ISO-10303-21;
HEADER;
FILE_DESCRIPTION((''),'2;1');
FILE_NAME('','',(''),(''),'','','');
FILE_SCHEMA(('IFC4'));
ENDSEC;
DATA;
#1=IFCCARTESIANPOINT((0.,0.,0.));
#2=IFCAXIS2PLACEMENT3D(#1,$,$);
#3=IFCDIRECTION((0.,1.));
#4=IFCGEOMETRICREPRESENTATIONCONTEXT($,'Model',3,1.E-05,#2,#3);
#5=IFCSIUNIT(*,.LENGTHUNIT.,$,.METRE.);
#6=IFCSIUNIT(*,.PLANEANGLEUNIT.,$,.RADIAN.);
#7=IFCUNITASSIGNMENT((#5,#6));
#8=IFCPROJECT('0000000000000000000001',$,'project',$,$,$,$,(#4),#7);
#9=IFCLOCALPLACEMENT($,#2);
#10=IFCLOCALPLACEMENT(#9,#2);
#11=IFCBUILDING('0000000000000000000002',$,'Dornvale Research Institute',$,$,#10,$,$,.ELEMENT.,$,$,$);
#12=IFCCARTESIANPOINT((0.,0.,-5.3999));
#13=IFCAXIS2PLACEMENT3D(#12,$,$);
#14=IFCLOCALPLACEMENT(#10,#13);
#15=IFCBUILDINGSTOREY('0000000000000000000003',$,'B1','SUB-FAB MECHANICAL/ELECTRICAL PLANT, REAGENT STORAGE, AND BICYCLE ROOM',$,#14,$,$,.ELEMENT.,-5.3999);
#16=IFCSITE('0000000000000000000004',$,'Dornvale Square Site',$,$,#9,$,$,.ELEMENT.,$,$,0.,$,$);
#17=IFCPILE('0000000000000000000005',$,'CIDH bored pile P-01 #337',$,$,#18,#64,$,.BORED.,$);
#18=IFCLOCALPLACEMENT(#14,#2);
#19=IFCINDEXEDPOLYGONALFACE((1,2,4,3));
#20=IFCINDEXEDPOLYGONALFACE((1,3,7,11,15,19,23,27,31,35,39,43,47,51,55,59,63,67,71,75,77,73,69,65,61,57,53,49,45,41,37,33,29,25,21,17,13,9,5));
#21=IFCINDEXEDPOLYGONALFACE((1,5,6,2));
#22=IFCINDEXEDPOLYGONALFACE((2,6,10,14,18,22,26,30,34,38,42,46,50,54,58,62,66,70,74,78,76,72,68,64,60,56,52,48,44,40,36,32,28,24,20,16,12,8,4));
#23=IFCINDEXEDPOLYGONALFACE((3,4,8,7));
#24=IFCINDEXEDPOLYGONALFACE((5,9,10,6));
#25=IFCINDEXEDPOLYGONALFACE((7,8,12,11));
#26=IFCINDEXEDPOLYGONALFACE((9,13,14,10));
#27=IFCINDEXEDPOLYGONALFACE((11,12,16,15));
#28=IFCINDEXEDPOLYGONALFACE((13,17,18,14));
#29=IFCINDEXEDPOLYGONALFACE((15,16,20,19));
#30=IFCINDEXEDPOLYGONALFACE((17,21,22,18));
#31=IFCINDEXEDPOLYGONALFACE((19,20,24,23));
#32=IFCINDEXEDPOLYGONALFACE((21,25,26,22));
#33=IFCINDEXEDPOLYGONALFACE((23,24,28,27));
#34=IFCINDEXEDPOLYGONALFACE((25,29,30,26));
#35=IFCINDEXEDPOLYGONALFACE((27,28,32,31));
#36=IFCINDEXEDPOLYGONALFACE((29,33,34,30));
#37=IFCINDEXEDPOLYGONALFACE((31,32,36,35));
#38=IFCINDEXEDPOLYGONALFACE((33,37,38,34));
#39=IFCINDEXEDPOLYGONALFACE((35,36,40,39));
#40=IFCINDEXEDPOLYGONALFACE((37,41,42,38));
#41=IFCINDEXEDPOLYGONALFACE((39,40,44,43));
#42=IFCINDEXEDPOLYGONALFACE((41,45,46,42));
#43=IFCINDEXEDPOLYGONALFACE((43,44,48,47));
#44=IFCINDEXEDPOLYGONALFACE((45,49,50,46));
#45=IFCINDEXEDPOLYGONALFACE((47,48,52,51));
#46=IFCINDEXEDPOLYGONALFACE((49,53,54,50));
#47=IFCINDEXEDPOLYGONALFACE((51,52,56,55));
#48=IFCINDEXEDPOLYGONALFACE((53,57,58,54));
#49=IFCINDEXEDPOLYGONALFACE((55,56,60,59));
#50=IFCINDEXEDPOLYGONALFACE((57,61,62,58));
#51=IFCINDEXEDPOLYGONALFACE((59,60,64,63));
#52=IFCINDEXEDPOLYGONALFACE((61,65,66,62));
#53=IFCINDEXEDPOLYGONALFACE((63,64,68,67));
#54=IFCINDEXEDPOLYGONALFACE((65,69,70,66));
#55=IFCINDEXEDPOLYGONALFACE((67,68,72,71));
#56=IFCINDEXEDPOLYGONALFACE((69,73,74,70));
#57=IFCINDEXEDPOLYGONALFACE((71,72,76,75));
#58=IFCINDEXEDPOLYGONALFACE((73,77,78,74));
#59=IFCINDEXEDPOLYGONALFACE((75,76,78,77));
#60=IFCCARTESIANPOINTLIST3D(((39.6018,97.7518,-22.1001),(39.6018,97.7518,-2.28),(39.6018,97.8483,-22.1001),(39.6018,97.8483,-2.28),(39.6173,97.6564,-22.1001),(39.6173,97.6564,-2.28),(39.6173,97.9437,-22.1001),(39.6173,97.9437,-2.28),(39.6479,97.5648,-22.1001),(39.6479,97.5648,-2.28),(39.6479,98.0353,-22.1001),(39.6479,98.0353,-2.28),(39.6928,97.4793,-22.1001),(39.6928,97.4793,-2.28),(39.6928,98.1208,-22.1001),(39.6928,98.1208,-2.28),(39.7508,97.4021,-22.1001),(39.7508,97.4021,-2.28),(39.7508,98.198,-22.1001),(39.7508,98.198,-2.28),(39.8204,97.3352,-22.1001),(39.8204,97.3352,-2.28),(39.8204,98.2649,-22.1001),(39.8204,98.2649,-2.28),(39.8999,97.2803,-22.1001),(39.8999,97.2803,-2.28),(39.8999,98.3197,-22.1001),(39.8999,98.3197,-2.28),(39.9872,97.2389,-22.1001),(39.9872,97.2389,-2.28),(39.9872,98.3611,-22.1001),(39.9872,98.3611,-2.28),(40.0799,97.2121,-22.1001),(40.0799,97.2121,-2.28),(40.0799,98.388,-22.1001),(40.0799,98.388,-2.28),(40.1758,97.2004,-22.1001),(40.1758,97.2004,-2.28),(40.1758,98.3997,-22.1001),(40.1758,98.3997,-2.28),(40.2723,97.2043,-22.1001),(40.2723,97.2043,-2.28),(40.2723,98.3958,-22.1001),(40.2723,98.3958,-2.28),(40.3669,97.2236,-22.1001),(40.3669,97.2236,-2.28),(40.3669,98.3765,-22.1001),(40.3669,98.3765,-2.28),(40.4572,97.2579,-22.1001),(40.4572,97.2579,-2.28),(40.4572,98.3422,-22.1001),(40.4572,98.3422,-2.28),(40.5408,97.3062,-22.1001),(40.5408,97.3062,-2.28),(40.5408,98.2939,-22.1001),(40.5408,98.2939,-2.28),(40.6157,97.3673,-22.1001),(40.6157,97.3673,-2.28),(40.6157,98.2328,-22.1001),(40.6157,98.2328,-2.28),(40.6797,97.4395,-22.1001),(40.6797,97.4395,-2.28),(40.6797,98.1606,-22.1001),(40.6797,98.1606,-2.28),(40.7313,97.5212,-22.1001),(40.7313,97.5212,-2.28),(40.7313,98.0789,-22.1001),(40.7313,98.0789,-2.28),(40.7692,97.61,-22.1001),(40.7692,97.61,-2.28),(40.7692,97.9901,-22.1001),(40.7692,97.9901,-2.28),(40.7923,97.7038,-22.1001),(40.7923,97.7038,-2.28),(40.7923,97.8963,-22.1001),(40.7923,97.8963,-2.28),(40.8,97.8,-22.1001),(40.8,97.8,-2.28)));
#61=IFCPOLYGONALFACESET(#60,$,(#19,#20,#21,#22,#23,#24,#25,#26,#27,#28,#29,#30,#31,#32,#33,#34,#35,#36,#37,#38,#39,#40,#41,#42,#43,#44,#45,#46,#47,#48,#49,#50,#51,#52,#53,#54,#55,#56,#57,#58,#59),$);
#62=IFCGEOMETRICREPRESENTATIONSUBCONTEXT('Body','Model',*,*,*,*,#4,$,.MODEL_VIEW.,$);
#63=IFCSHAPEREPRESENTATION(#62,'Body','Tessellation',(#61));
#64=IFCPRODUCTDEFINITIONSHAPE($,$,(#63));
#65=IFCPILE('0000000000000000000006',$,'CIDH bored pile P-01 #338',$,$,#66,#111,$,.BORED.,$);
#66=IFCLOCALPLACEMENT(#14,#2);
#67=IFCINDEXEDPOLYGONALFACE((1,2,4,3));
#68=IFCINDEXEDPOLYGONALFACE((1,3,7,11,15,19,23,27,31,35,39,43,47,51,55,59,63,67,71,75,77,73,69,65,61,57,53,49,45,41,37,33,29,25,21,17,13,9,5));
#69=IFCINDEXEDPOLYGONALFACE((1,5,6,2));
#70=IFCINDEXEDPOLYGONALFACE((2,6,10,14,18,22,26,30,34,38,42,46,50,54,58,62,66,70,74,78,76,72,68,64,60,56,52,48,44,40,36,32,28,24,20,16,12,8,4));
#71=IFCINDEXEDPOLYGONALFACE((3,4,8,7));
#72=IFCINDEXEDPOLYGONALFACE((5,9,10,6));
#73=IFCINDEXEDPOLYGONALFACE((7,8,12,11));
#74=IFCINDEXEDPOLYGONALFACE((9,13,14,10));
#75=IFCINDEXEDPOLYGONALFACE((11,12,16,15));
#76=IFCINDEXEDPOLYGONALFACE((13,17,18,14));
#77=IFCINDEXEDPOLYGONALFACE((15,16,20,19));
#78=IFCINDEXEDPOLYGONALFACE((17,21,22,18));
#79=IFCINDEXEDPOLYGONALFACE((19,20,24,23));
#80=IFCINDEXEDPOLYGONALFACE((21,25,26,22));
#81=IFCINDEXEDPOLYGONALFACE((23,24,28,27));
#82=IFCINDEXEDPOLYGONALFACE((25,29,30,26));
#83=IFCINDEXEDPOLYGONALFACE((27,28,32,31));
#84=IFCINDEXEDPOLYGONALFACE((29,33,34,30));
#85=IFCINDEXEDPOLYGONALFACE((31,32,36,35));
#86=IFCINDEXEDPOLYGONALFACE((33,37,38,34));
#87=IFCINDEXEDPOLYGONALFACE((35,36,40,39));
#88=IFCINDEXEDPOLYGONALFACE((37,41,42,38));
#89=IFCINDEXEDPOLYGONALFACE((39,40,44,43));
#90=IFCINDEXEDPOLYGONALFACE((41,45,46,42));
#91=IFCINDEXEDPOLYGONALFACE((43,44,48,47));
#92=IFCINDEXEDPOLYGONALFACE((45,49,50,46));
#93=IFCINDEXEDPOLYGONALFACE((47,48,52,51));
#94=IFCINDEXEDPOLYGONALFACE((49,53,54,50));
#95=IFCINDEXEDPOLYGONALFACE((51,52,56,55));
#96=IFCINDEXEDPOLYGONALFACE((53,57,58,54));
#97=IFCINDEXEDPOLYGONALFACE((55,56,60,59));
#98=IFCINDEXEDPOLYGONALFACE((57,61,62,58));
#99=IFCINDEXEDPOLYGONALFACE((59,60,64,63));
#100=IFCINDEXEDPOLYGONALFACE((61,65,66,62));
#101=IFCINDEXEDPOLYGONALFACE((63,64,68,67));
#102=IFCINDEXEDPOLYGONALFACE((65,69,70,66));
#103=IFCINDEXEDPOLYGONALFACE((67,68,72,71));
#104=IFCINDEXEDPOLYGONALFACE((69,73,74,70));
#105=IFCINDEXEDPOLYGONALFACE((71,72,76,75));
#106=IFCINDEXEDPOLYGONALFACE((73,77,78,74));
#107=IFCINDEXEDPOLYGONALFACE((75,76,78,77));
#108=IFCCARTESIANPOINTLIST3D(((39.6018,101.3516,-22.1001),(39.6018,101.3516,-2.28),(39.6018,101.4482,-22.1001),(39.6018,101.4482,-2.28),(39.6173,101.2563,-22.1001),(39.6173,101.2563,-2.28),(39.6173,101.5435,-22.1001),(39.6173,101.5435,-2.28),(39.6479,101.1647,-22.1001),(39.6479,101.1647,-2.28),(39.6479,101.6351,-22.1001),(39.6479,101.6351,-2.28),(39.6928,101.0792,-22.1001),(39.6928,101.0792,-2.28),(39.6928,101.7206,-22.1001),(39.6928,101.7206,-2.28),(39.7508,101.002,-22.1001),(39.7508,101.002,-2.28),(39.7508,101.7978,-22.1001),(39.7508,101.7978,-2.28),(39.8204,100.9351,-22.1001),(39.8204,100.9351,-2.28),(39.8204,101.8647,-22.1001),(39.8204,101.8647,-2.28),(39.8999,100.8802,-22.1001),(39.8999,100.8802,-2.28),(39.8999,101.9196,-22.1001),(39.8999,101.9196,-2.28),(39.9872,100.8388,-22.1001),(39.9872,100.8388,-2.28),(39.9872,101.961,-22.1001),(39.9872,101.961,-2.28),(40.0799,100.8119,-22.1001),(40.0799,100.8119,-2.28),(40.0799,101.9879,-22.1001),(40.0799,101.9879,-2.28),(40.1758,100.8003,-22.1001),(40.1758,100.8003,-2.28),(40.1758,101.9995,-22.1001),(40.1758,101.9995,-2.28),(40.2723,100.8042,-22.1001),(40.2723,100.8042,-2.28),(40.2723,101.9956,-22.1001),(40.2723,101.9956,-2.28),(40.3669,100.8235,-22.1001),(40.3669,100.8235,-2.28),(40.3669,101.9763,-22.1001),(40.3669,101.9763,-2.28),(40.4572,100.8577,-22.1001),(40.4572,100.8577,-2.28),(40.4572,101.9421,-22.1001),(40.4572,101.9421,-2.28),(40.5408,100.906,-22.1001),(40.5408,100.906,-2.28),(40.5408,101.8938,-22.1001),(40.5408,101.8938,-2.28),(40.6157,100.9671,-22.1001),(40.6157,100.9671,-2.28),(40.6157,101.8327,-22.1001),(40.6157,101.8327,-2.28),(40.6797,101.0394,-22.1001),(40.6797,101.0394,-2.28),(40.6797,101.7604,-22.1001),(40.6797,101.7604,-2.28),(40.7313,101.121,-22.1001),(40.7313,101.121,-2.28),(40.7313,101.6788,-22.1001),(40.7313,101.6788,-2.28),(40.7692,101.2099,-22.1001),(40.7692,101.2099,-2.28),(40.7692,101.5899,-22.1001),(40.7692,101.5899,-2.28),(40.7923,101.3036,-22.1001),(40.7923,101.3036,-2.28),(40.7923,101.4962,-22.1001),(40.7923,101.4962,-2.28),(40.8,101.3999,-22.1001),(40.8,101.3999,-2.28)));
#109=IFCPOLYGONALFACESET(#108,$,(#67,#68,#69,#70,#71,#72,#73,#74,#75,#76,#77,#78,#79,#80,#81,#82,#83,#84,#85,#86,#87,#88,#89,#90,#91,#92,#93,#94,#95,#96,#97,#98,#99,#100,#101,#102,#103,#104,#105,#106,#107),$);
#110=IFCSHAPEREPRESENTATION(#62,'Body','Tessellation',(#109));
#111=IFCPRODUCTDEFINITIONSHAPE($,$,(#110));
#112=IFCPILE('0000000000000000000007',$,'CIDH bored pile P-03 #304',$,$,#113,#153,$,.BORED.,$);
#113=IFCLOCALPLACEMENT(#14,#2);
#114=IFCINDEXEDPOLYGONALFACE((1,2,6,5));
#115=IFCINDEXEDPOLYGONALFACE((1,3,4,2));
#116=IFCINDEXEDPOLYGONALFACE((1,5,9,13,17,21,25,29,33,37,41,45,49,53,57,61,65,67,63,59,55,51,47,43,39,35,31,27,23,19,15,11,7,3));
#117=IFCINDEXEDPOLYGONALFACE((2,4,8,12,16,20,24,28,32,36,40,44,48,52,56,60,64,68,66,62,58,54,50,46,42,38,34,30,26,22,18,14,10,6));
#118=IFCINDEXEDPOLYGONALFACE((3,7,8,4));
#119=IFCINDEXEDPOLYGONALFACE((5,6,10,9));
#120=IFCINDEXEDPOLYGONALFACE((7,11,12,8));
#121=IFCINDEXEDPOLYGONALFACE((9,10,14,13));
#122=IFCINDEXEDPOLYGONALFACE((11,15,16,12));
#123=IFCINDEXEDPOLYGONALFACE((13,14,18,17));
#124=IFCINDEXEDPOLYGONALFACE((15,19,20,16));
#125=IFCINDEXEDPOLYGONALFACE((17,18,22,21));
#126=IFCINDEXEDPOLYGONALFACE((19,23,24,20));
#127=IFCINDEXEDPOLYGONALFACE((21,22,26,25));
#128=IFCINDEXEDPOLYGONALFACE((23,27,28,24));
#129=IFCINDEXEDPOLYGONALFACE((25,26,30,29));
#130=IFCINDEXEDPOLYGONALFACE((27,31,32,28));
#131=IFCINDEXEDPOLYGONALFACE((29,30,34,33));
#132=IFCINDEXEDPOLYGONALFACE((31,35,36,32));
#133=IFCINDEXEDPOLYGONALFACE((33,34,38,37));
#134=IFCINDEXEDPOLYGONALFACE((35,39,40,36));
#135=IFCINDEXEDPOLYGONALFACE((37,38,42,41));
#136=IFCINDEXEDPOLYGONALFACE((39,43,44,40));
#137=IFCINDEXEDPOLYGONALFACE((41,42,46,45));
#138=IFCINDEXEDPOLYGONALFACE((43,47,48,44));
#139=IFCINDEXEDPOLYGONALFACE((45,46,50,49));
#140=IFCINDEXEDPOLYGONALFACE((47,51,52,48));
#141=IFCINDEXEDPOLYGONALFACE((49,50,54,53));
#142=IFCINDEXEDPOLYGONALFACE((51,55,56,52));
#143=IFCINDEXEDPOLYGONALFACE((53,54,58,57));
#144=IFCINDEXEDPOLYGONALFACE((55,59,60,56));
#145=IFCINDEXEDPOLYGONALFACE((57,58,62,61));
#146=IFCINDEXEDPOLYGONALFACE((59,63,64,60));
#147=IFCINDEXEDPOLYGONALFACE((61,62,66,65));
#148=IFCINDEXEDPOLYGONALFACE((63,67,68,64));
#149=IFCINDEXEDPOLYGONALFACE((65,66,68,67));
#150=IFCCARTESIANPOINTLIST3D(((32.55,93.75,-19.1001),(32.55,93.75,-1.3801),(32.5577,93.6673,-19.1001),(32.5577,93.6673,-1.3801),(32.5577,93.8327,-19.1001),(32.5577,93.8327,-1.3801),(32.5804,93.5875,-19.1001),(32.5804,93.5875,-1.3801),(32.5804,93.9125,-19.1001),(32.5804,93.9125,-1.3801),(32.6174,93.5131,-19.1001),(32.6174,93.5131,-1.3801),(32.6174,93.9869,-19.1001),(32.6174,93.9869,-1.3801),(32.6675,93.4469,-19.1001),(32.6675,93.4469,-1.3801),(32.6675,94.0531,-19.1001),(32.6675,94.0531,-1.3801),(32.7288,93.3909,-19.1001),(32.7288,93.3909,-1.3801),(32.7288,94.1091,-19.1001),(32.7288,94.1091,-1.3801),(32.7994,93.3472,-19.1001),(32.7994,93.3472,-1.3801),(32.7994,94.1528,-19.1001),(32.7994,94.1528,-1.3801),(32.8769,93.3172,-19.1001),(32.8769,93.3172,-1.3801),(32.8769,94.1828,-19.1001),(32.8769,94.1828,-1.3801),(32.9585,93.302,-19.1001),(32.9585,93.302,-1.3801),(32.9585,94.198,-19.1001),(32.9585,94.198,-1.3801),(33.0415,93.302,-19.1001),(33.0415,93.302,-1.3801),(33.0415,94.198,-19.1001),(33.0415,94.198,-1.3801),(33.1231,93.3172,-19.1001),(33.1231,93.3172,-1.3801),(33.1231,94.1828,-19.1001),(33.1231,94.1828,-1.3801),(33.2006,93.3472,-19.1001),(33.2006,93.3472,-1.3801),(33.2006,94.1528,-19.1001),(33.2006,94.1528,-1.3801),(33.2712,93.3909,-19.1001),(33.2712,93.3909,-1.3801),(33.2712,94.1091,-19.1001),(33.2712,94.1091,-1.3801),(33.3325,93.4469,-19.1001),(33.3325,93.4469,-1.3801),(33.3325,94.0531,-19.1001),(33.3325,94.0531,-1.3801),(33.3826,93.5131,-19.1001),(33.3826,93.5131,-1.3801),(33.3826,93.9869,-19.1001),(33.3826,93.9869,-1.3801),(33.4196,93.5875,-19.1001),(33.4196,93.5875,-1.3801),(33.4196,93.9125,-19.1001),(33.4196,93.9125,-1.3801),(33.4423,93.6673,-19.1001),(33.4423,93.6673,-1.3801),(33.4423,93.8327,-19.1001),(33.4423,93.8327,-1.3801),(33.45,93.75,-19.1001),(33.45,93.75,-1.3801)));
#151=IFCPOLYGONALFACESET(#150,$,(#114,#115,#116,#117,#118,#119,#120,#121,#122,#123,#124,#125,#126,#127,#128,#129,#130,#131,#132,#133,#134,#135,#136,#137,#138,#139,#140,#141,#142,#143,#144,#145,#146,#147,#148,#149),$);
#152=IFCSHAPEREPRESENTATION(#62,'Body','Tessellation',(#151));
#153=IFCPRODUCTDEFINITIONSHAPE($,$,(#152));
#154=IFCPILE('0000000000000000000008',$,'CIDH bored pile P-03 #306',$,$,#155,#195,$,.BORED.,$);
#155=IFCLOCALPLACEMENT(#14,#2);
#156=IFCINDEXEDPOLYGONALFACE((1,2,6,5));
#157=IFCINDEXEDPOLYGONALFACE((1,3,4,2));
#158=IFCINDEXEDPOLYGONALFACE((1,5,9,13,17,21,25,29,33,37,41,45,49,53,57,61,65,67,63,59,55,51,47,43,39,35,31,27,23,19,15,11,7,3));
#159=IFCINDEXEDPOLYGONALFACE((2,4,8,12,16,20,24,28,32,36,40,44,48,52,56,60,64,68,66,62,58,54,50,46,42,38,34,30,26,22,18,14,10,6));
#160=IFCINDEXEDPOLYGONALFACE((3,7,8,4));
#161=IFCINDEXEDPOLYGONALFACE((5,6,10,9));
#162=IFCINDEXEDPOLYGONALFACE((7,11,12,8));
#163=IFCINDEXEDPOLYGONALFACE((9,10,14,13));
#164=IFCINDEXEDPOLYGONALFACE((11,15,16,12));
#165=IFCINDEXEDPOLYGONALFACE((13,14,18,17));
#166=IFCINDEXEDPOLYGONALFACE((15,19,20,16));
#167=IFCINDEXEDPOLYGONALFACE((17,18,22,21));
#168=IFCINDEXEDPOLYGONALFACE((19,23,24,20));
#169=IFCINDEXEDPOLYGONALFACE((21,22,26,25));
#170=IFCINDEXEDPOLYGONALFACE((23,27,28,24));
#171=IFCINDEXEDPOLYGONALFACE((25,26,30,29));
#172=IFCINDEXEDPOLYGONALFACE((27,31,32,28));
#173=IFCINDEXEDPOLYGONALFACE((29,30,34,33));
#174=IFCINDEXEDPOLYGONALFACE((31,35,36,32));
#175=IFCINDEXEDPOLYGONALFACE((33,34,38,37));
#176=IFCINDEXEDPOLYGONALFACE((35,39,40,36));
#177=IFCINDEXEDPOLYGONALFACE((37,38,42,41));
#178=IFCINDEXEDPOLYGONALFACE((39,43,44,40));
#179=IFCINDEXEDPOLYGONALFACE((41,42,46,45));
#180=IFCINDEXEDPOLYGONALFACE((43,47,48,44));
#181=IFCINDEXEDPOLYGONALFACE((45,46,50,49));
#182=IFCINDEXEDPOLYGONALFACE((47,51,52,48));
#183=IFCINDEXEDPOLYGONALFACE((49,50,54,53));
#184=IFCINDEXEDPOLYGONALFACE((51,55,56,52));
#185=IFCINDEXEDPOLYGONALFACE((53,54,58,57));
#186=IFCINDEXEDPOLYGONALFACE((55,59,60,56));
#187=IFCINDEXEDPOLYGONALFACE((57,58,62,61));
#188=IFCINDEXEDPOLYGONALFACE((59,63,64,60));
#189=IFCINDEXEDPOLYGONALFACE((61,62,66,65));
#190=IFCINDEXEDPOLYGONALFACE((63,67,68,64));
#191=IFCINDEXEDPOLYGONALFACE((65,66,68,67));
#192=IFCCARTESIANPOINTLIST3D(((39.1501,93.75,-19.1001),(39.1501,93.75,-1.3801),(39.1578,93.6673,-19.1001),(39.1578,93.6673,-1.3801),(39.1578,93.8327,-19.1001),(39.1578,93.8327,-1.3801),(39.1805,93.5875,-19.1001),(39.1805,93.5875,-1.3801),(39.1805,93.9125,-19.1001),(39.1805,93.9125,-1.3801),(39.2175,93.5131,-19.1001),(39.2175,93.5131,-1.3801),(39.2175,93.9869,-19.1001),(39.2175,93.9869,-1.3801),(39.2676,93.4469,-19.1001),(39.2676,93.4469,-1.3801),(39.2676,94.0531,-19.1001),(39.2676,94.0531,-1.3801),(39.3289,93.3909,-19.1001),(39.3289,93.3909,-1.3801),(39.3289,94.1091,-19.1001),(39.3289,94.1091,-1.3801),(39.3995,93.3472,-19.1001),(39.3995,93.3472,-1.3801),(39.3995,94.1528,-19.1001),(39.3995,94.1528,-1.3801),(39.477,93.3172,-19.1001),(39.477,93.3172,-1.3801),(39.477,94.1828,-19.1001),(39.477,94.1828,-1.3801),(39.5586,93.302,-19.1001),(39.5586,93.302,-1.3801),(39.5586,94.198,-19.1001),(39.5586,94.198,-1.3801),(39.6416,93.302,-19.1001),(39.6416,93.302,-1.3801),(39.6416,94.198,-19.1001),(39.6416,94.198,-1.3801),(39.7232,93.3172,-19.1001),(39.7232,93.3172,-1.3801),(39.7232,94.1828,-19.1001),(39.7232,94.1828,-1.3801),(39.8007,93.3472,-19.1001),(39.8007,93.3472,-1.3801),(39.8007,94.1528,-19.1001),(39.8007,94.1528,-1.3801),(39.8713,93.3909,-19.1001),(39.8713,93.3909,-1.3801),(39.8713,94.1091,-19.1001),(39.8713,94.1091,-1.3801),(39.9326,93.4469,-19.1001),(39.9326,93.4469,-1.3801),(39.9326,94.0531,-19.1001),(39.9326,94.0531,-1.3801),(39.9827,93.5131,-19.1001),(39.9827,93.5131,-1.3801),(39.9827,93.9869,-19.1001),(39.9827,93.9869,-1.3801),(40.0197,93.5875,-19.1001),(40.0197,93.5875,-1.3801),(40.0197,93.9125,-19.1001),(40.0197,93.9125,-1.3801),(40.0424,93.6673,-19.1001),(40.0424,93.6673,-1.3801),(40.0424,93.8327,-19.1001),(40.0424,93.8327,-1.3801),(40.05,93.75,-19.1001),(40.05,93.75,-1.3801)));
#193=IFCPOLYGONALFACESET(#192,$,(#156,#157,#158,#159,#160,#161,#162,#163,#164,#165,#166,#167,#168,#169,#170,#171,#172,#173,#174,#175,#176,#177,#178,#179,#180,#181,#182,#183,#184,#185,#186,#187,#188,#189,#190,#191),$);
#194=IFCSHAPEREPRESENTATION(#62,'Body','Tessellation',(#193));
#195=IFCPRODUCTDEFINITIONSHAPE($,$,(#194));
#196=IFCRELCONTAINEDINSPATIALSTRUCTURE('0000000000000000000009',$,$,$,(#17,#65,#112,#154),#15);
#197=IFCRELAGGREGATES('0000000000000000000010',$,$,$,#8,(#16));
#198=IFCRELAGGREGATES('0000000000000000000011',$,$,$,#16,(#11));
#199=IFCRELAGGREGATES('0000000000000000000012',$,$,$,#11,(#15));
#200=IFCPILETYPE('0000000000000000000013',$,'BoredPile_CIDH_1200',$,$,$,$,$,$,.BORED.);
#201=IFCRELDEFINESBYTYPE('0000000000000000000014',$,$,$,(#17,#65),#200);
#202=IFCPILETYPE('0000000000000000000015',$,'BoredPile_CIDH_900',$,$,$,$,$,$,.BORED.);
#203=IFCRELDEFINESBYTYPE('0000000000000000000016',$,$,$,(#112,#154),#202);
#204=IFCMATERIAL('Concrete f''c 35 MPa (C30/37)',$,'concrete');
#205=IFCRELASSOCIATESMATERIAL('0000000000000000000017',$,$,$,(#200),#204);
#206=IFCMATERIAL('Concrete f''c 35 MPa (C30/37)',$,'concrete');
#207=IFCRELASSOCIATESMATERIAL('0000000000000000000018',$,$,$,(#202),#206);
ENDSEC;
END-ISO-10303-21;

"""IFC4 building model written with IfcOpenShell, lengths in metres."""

from ifc_helpers import new_model, si_unit, direction, frame, origin, origin_2d, place, context, subcontext, project, spatial, circle, extrude, material, material_profile, profile_set, type_object, element, save


model = new_model("IFC4")

# Units and contexts
model_context = context("Model", 3, precision=1e-05, world=origin(), true_north=direction((0.0, 1.0)))
body_context = subcontext(model_context, "Body", "Model", "MODEL_VIEW")
ifc_project = project(units=[si_unit("LENGTHUNIT", "METRE"), si_unit("PLANEANGLEUNIT", "RADIAN")], contexts=[model_context])

# Site, building, storey
site_placement = place(None, origin())
site = spatial("IfcSite", under=ifc_project, at=site_placement, Name="Dornvale Square Site", CompositionType="ELEMENT", RefElevation=0.0)
building_placement = place(site_placement, origin())
building = spatial("IfcBuilding", under=site, at=building_placement, Name="Dornvale Research Institute", CompositionType="ELEMENT")
storey_placement = place(building_placement, frame((0.0, 0.0, -5.3999)))
storey = spatial("IfcBuildingStorey", under=building, at=storey_placement, Name="B1", Description="SUB-FAB MECHANICAL/ELECTRICAL PLANT, REAGENT STORAGE, AND BICYCLE ROOM", CompositionType="ELEMENT", Elevation=-5.3999)

# Piles
ifc_material_1 = material(Name="Concrete f'c 35 MPa (C30/37)", Category="concrete")
ifc_material_profile_1 = material_profile(ifc_material_1, circle(Radius=0.6001, at=origin_2d()), Name="CIDH PILE D1200")
ifc_profile_set_1 = profile_set([ifc_material_profile_1], Name="Concrete f'c 35 MPa (C30/37)")
pile_type_1 = type_object("IfcPileType", Name="BoredPile_CIDH_1200", PredefinedType="BORED", material=ifc_profile_set_1)
for number, where, z_axis, x_axis, name in (
    (1, (40.2, 97.8, -2.28), (0.0, 0.0, -1.0), (1.0, 0.0, 0.0), "CIDH bored pile P-01 #337"),
    (2, (40.2, 101.3999, -2.28), (0.0, 0.0, -1.0), (1.0, 0.0, 0.0), "CIDH bored pile P-01 #338"),
):
    element("IfcPile", number, at=place(storey_placement, frame(where, z_axis=z_axis, x_axis=x_axis)), inside=storey, type_object=pile_type_1, Name=name, PredefinedType="BORED", context=body_context, shape_type="SweptSolid", body=[
        extrude(circle(Radius=0.6001, at=origin_2d()), origin(), (0.0, 0.0, 1.0), 19.8201),
    ])
ifc_material_2 = material(Name="Concrete f'c 35 MPa (C30/37)", Category="concrete")
ifc_material_profile_2 = material_profile(ifc_material_2, circle(Radius=0.45, at=origin_2d()), Name="CIDH PILE D900")
ifc_profile_set_2 = profile_set([ifc_material_profile_2], Name="Concrete f'c 35 MPa (C30/37)")
pile_type_2 = type_object("IfcPileType", Name="BoredPile_CIDH_900", PredefinedType="BORED", material=ifc_profile_set_2)
for number, where, z_axis, x_axis, name in (
    (3, (33.0, 93.75, -1.3801), (0.0, 0.0, -1.0), (1.0, 0.0, 0.0), "CIDH bored pile P-03 #304"),
    (4, (39.6001, 93.75, -1.3801), (0.0, 0.0, -1.0), (1.0, 0.0, 0.0), "CIDH bored pile P-03 #306"),
):
    element("IfcPile", number, at=place(storey_placement, frame(where, z_axis=z_axis, x_axis=x_axis)), inside=storey, type_object=pile_type_2, Name=name, PredefinedType="BORED", context=body_context, shape_type="SweptSolid", body=[
        extrude(circle(Radius=0.45, at=origin_2d()), origin(), (0.0, 0.0, 1.0), 17.72),
    ])

save(model, "model.ifc")
